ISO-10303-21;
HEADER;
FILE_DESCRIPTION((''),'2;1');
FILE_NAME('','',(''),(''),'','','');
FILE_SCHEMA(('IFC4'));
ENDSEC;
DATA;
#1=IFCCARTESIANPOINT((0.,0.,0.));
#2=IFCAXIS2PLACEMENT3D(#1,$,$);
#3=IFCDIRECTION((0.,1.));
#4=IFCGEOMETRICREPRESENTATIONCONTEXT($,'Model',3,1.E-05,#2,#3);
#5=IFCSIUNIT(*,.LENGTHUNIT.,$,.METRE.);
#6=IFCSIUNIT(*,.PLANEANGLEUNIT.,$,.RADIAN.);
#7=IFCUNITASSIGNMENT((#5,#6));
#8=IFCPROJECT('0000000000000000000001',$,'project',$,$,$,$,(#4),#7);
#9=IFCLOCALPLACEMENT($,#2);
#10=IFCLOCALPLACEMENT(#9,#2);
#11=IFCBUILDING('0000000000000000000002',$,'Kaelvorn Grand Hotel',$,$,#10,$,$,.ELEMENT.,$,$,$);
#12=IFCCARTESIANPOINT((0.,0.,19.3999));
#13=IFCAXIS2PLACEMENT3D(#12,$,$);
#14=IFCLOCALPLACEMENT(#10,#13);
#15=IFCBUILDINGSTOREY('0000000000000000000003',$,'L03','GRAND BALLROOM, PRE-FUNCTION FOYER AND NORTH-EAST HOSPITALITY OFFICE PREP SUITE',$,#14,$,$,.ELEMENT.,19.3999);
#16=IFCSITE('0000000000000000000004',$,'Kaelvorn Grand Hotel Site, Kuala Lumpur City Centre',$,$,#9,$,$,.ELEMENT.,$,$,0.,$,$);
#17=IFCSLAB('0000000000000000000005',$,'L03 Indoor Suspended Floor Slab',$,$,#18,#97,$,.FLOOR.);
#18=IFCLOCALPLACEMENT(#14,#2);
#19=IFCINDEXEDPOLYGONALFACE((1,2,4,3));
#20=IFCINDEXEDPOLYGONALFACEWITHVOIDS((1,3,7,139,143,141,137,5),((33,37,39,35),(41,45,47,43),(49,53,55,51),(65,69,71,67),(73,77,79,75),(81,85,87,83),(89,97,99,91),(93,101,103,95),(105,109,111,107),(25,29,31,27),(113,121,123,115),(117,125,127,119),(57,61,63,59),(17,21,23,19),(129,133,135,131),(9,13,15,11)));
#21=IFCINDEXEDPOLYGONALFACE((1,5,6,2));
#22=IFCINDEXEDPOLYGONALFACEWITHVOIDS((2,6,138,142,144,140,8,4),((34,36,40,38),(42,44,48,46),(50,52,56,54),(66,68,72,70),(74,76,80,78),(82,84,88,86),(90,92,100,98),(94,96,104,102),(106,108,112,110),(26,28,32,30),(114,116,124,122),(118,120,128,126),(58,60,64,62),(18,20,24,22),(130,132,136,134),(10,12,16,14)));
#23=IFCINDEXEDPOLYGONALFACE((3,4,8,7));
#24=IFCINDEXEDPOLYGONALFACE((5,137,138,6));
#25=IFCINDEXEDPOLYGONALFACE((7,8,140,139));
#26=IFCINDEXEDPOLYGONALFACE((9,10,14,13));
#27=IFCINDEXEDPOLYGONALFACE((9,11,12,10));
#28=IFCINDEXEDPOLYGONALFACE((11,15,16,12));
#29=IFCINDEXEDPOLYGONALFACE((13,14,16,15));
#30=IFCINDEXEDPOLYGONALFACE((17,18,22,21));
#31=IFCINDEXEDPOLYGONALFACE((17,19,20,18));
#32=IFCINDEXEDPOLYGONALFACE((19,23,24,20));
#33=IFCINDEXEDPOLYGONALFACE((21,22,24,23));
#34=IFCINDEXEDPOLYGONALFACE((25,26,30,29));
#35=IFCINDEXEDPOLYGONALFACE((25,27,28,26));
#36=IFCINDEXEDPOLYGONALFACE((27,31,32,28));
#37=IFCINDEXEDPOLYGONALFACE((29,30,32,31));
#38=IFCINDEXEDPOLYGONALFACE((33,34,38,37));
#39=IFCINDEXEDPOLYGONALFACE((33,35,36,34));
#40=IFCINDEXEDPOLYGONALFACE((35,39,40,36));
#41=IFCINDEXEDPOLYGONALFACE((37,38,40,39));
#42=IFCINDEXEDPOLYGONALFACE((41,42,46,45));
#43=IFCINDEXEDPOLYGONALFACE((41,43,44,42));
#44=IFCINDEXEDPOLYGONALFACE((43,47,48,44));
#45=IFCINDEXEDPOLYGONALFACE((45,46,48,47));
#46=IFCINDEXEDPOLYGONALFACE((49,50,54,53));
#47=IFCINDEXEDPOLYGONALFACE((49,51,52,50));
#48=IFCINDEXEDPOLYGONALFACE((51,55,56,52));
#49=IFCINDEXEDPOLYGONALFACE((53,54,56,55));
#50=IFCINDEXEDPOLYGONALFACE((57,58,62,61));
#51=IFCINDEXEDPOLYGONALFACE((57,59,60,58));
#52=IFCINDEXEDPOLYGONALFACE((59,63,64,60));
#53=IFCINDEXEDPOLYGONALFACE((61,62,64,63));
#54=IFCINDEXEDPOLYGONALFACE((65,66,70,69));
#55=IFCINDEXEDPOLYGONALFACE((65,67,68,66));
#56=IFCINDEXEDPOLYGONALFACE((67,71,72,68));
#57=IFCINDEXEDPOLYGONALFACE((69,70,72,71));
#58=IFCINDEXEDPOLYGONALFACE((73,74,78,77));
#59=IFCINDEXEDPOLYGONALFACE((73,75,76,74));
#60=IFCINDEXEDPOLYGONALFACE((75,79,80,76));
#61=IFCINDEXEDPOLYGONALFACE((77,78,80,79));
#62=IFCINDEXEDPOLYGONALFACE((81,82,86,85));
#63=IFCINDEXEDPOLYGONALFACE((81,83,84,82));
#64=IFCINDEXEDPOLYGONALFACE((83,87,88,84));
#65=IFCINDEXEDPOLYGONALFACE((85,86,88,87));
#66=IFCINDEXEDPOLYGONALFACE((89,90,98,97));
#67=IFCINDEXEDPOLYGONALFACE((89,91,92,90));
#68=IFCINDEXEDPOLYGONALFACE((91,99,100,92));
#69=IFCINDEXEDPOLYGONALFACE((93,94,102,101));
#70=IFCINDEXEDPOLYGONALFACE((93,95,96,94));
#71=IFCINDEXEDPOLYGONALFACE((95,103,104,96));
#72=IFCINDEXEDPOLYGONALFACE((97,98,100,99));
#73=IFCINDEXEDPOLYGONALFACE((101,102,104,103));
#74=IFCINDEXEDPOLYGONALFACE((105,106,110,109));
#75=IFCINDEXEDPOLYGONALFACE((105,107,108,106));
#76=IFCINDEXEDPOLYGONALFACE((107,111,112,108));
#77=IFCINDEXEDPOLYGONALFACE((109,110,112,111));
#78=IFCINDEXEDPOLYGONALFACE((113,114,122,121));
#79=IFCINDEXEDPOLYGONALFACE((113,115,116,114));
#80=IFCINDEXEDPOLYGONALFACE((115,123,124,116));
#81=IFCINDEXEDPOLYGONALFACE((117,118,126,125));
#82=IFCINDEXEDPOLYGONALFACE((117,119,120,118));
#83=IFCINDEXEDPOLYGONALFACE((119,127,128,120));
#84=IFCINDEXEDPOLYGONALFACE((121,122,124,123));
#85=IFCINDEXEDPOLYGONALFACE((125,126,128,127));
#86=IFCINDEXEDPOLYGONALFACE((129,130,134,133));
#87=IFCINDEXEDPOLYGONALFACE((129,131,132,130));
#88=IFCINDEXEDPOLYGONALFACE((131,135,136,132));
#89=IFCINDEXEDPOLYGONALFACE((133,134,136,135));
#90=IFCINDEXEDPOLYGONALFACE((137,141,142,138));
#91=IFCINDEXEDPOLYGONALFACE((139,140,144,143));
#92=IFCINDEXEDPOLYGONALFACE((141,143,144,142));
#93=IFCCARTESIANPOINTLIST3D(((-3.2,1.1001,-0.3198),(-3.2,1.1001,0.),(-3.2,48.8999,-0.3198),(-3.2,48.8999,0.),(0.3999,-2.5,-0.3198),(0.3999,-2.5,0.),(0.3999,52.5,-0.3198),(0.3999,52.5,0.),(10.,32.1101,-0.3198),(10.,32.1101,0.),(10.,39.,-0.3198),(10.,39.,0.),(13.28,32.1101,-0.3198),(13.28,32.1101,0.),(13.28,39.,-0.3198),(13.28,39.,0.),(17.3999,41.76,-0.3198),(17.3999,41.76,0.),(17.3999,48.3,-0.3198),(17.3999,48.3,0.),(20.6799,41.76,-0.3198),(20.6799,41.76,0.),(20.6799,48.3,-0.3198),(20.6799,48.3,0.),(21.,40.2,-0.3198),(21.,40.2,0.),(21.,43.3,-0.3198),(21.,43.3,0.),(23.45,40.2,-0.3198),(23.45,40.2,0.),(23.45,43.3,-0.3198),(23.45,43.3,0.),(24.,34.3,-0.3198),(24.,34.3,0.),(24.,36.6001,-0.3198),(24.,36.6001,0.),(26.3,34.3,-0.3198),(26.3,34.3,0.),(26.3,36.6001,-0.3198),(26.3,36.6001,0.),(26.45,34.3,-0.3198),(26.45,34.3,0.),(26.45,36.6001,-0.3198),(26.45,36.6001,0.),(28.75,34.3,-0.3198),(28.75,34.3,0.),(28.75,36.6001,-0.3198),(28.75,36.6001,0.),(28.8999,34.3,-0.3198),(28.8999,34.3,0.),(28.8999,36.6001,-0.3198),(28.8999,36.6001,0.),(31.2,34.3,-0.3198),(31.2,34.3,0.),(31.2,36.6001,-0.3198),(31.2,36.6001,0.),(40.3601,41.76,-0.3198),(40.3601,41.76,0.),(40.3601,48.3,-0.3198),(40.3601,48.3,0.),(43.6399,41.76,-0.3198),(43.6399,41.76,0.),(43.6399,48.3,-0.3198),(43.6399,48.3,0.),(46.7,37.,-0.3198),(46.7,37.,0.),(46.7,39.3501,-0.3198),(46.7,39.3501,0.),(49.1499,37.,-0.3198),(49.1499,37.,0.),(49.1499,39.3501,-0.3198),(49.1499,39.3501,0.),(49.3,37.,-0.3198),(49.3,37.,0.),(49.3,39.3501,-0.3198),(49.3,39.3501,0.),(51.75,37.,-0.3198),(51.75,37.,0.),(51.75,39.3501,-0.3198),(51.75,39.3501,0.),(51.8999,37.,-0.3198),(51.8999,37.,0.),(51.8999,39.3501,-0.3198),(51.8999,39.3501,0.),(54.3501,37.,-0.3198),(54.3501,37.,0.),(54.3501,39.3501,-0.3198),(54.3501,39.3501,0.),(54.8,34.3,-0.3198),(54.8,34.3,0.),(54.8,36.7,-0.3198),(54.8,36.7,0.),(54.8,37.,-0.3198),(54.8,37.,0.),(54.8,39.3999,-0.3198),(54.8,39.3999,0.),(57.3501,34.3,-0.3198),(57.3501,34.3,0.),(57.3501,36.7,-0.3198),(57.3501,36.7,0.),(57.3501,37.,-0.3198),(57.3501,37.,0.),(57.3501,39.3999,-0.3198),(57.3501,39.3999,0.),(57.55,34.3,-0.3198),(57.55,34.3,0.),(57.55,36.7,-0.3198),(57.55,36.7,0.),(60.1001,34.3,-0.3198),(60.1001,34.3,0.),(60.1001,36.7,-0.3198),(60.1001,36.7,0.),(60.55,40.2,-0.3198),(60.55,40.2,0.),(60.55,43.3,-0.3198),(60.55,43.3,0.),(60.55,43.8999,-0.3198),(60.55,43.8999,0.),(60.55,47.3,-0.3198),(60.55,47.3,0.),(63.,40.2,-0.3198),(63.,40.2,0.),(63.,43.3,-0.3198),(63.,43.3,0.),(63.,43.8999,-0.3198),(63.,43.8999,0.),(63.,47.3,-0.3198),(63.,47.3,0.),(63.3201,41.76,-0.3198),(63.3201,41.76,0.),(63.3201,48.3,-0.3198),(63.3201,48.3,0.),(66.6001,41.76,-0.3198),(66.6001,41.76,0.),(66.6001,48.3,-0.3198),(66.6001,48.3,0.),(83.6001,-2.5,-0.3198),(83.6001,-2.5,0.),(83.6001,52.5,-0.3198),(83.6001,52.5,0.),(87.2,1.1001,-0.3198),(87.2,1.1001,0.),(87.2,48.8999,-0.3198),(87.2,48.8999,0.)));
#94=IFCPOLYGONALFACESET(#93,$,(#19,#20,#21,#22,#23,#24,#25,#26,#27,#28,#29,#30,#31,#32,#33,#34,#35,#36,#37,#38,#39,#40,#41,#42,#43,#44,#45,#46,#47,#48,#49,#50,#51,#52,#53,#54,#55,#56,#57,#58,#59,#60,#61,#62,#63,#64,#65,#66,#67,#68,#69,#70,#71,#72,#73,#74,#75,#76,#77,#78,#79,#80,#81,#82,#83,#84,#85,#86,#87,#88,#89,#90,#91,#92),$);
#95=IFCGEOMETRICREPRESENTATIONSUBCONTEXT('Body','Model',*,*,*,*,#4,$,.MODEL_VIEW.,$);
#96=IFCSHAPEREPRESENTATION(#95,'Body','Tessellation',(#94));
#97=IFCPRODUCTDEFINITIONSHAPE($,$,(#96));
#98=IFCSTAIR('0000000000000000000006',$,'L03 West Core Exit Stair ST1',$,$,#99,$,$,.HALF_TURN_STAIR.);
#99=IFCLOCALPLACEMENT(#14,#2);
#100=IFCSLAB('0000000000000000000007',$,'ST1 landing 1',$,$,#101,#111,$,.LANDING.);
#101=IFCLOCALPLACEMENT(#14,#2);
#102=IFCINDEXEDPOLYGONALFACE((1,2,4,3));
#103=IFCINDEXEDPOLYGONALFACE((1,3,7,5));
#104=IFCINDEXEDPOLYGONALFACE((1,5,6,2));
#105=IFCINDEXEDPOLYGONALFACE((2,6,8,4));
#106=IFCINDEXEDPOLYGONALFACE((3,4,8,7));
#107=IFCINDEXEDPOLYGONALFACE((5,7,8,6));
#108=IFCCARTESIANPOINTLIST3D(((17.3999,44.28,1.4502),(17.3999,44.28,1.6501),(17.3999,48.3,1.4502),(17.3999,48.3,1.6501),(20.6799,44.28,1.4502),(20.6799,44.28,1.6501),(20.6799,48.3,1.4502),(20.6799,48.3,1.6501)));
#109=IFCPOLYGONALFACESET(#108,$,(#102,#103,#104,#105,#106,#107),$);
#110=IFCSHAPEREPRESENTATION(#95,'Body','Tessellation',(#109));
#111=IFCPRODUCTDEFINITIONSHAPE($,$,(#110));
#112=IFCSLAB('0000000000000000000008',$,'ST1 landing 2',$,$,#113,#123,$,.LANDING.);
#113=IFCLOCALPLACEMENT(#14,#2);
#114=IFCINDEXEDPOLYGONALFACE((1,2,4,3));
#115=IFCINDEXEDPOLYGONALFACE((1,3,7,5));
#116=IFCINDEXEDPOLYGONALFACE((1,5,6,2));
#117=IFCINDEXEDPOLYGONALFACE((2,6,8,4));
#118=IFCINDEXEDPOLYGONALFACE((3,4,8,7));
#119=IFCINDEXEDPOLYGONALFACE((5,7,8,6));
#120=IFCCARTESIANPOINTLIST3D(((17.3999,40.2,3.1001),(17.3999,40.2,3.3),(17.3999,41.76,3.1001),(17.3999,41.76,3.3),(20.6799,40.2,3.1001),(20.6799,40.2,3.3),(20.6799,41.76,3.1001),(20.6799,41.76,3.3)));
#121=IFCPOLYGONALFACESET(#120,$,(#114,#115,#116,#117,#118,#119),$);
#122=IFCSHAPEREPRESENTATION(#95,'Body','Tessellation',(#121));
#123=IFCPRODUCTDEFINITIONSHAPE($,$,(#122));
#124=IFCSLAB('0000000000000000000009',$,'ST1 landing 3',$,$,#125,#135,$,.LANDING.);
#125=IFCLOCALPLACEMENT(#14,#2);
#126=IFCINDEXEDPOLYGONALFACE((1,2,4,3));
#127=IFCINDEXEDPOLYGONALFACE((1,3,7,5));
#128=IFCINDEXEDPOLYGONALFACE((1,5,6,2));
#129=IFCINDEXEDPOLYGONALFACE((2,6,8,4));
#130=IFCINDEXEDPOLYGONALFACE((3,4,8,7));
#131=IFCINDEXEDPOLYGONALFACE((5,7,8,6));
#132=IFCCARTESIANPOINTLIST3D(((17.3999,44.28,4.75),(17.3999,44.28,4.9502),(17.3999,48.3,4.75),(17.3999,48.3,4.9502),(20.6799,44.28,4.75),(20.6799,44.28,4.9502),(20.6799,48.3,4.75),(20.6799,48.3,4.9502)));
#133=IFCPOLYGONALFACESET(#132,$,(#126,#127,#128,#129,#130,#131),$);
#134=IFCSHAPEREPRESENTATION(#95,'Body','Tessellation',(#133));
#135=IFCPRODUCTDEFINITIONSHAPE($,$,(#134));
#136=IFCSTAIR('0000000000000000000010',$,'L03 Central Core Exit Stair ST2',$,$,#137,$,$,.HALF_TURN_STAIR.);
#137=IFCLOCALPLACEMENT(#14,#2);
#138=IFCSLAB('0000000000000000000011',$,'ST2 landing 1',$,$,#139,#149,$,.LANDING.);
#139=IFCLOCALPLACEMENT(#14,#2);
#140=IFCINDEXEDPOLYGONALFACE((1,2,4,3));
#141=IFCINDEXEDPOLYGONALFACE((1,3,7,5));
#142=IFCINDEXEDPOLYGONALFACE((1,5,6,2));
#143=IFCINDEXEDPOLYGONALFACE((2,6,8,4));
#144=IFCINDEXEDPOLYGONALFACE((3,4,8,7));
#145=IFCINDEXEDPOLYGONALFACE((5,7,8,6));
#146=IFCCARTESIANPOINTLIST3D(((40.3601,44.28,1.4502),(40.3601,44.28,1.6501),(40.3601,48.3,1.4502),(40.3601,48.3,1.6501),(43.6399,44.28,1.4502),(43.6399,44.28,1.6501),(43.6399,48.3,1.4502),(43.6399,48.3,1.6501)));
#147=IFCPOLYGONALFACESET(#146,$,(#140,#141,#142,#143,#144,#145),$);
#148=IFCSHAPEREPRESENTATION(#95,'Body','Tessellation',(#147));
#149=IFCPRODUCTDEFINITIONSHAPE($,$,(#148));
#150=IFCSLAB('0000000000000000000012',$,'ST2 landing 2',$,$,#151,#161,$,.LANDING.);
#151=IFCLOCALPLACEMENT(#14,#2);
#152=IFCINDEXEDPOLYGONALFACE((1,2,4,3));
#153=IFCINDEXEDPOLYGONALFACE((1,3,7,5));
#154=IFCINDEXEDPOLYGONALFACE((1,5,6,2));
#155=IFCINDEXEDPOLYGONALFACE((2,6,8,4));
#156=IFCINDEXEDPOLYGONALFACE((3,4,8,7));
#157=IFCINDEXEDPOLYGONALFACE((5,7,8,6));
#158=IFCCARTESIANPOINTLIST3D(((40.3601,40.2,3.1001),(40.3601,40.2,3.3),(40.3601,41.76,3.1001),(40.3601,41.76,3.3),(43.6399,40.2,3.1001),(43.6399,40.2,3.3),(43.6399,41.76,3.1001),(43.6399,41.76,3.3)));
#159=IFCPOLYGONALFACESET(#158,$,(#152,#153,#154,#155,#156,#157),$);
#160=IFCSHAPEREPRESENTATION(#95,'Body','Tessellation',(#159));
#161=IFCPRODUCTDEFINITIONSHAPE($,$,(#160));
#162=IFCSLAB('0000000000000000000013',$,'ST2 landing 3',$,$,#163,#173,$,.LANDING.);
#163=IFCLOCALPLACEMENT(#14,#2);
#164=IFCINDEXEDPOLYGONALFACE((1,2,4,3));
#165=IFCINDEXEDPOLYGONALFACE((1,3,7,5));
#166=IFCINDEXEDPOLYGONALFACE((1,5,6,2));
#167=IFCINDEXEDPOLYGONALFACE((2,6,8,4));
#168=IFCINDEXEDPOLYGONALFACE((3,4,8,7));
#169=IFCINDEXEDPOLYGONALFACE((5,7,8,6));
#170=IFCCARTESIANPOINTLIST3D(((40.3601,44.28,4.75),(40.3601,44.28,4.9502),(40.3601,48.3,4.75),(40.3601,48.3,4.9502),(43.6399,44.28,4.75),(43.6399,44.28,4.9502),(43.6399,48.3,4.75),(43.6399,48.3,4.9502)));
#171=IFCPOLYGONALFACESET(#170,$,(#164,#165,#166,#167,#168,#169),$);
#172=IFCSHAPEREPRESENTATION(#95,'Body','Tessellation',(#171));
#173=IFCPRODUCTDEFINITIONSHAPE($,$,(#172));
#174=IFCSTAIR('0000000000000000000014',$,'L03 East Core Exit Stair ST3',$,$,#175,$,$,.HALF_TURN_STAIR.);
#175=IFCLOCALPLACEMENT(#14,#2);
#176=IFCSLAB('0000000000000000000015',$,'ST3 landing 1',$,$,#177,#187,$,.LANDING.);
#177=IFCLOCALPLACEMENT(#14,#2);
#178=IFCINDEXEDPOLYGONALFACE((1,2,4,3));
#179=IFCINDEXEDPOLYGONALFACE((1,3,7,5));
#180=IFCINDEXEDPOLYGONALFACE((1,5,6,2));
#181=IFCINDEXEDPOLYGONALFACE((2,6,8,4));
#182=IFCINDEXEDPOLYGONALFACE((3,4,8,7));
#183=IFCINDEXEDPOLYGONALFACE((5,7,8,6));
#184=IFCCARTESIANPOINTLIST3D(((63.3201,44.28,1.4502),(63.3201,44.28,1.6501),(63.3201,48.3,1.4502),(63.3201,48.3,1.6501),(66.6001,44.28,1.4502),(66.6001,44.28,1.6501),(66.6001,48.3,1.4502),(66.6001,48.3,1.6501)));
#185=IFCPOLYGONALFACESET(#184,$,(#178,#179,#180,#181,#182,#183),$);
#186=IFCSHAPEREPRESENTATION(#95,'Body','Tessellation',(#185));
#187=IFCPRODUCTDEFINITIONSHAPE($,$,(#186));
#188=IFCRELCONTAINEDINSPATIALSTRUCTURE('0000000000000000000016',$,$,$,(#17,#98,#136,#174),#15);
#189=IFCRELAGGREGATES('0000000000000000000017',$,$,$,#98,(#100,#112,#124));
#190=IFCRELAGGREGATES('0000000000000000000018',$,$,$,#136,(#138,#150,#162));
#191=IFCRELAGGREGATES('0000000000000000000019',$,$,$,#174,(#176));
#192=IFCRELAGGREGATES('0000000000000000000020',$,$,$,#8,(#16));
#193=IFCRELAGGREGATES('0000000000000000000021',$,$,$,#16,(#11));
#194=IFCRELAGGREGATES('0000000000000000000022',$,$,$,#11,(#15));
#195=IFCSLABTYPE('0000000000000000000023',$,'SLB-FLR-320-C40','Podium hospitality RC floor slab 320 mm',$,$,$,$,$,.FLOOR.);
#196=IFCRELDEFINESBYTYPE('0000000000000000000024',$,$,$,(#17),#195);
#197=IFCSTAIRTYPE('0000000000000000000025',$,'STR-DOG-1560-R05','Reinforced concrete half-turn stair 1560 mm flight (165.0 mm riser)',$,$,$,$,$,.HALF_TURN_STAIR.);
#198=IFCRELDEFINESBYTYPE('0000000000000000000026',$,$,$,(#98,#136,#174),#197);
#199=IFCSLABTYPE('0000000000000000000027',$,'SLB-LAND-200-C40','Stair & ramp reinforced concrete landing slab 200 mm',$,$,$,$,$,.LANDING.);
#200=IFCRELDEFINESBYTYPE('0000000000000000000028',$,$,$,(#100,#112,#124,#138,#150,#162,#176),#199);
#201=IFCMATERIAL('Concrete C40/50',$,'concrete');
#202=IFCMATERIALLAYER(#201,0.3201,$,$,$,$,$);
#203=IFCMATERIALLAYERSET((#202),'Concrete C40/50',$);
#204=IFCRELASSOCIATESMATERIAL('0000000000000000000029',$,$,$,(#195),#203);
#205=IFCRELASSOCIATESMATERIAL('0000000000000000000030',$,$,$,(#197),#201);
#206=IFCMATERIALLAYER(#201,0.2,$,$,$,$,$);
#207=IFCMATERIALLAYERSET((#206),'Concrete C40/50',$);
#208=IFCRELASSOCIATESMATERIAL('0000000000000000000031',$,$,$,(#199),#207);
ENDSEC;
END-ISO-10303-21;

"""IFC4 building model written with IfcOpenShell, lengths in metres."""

from ifc_helpers import new_model, si_unit, direction, frame, origin, place, context, subcontext, project, spatial, polyline, outline, extrude, material, layer, layer_set, type_object, element, aggregate, save


model = new_model("IFC4")

# Units and contexts
model_context = context("Model", 3, precision=1e-05, world=origin(), true_north=direction((0.0, 1.0)))
body_context = subcontext(model_context, "Body", "Model", "MODEL_VIEW")
ifc_project = project(units=[si_unit("LENGTHUNIT", "METRE"), si_unit("PLANEANGLEUNIT", "RADIAN")], contexts=[model_context])

# Site, building, storey
site_placement = place(None, origin())
site = spatial("IfcSite", under=ifc_project, at=site_placement, Name="Kaelvorn Grand Hotel Site, Kuala Lumpur City Centre", CompositionType="ELEMENT", RefElevation=0.0)
building_placement = place(site_placement, origin())
building = spatial("IfcBuilding", under=site, at=building_placement, Name="Kaelvorn Grand Hotel", CompositionType="ELEMENT")
storey_placement = place(building_placement, frame((0.0, 0.0, 19.3999)))
storey = spatial("IfcBuildingStorey", under=building, at=storey_placement, Name="L03", Description="GRAND BALLROOM, PRE-FUNCTION FOYER AND NORTH-EAST HOSPITALITY OFFICE PREP SUITE", CompositionType="ELEMENT", Elevation=19.3999)

# Slab
ifc_material_1 = material(Name="Concrete C40/50", Category="concrete")
ifc_layer_1 = layer(ifc_material_1, 0.3201)
ifc_layer_set_1 = layer_set([ifc_layer_1], Name="Concrete C40/50")
slab_type_1 = type_object("IfcSlabType", Name="SLB-FLR-320-C40", Description="Podium hospitality RC floor slab 320 mm", PredefinedType="FLOOR", material=ifc_layer_set_1)
slab_1_placement = place(storey_placement, frame((0.0, 0.0, -0.3198)))
element("IfcSlab", 1, at=slab_1_placement, inside=storey, type_object=slab_type_1, Name="L03 Indoor Suspended Floor Slab", PredefinedType="FLOOR", context=body_context, shape_type="SweptSolid", body=[
    extrude(outline(polyline([(0.3999, -2.5), (83.6001, -2.5), (87.2, 1.1001), (87.2, 48.8999), (83.6001, 52.5), (0.3999, 52.5), (-3.2, 48.8999), (-3.2, 1.1001), (0.3999, -2.5)]), holes=[polyline([(17.3999, 41.76), (17.3999, 48.3), (20.6799, 48.3), (20.6799, 41.76), (17.3999, 41.76)]), polyline([(40.3601, 41.76), (40.3601, 48.3), (43.6399, 48.3), (43.6399, 41.76), (40.3601, 41.76)]), polyline([(63.3201, 41.76), (63.3201, 48.3), (66.6001, 48.3), (66.6001, 41.76), (63.3201, 41.76)]), polyline([(10.0, 32.1101), (10.0, 39.0), (13.28, 39.0), (13.28, 32.1101), (10.0, 32.1101)]), polyline([(24.0, 34.3), (24.0, 36.6001), (26.3, 36.6001), (26.3, 34.3), (24.0, 34.3)]), polyline([(26.45, 34.3), (26.45, 36.6001), (28.75, 36.6001), (28.75, 34.3), (26.45, 34.3)]), polyline([(28.8999, 34.3), (28.8999, 36.6001), (31.2, 36.6001), (31.2, 34.3), (28.8999, 34.3)]), polyline([(46.7, 37.0), (46.7, 39.3501), (49.1499, 39.3501), (49.1499, 37.0), (46.7, 37.0)]), polyline([(49.3, 37.0), (49.3, 39.3501), (51.75, 39.3501), (51.75, 37.0), (49.3, 37.0)]), polyline([(51.8999, 37.0), (51.8999, 39.3501), (54.3501, 39.3501), (54.3501, 37.0), (51.8999, 37.0)]), polyline([(54.8, 34.3), (54.8, 36.7), (57.3501, 36.7), (57.3501, 34.3), (54.8, 34.3)]), polyline([(57.55, 34.3), (57.55, 36.7), (60.1001, 36.7), (60.1001, 34.3), (57.55, 34.3)]), polyline([(54.8, 37.0), (54.8, 39.3999), (57.3501, 39.3999), (57.3501, 37.0), (54.8, 37.0)]), polyline([(21.0, 40.2), (21.0, 43.3), (23.45, 43.3), (23.45, 40.2), (21.0, 40.2)]), polyline([(60.55, 40.2), (60.55, 43.3), (63.0, 43.3), (63.0, 40.2), (60.55, 40.2)]), polyline([(60.55, 43.8999), (60.55, 47.3), (63.0, 47.3), (63.0, 43.8999), (60.55, 43.8999)])]), origin(), (0.0, 0.0, 1.0), 0.3198),
])

# Stairs, slabs
stair_type = type_object("IfcStairType", Name="STR-DOG-1560-R05", Description="Reinforced concrete half-turn stair 1560 mm flight (165.0 mm riser)", PredefinedType="HALF_TURN_STAIR", material=ifc_material_1)
stair_1_placement = place(storey_placement, origin())
stair_1 = element("IfcStair", 2, at=stair_1_placement, inside=storey, type_object=stair_type, Name="L03 West Core Exit Stair ST1", PredefinedType="HALF_TURN_STAIR")
ifc_layer_2 = layer(ifc_material_1, 0.2)
ifc_layer_set_2 = layer_set([ifc_layer_2], Name="Concrete C40/50")
slab_type_2 = type_object("IfcSlabType", Name="SLB-LAND-200-C40", Description="Stair & ramp reinforced concrete landing slab 200 mm", PredefinedType="LANDING", material=ifc_layer_set_2)
slab_2_placement = place(storey_placement, frame((0.0, 0.0, 1.4502)))
slab_2 = element("IfcSlab", 3, at=slab_2_placement, type_object=slab_type_2, Name="ST1 landing 1", PredefinedType="LANDING", context=body_context, shape_type="SweptSolid", body=[
    extrude(outline(polyline([(20.6799, 44.28), (20.6799, 48.3), (17.3999, 48.3), (17.3999, 44.28), (20.6799, 44.28)])), origin(), (0.0, 0.0, 1.0), 0.2),
])
slab_3_placement = place(storey_placement, frame((0.0, 0.0, 3.1001)))
slab_3 = element("IfcSlab", 4, at=slab_3_placement, type_object=slab_type_2, Name="ST1 landing 2", PredefinedType="LANDING", context=body_context, shape_type="SweptSolid", body=[
    extrude(outline(polyline([(20.6799, 40.2), (20.6799, 41.76), (17.3999, 41.76), (17.3999, 40.2), (20.6799, 40.2)])), origin(), (0.0, 0.0, 1.0), 0.2),
])
slab_4_placement = place(storey_placement, frame((0.0, 0.0, 4.75)))
slab_4 = element("IfcSlab", 5, at=slab_4_placement, type_object=slab_type_2, Name="ST1 landing 3", PredefinedType="LANDING", context=body_context, shape_type="SweptSolid", body=[
    extrude(outline(polyline([(20.6799, 44.28), (20.6799, 48.3), (17.3999, 48.3), (17.3999, 44.28), (20.6799, 44.28)])), origin(), (0.0, 0.0, 1.0), 0.2002),
])
aggregate(stair_1, [slab_2, slab_3, slab_4])
stair_2_placement = place(storey_placement, origin())
stair_2 = element("IfcStair", 6, at=stair_2_placement, inside=storey, type_object=stair_type, Name="L03 Central Core Exit Stair ST2", PredefinedType="HALF_TURN_STAIR")
slab_5_placement = place(storey_placement, frame((0.0, 0.0, 1.4502)))
slab_5 = element("IfcSlab", 7, at=slab_5_placement, type_object=slab_type_2, Name="ST2 landing 1", PredefinedType="LANDING", context=body_context, shape_type="SweptSolid", body=[
    extrude(outline(polyline([(43.6399, 44.28), (43.6399, 48.3), (40.3601, 48.3), (40.3601, 44.28), (43.6399, 44.28)])), origin(), (0.0, 0.0, 1.0), 0.2),
])
slab_6_placement = place(storey_placement, frame((0.0, 0.0, 3.1001)))
slab_6 = element("IfcSlab", 8, at=slab_6_placement, type_object=slab_type_2, Name="ST2 landing 2", PredefinedType="LANDING", context=body_context, shape_type="SweptSolid", body=[
    extrude(outline(polyline([(43.6399, 40.2), (43.6399, 41.76), (40.3601, 41.76), (40.3601, 40.2), (43.6399, 40.2)])), origin(), (0.0, 0.0, 1.0), 0.2),
])
slab_7_placement = place(storey_placement, frame((0.0, 0.0, 4.75)))
slab_7 = element("IfcSlab", 9, at=slab_7_placement, type_object=slab_type_2, Name="ST2 landing 3", PredefinedType="LANDING", context=body_context, shape_type="SweptSolid", body=[
    extrude(outline(polyline([(43.6399, 44.28), (43.6399, 48.3), (40.3601, 48.3), (40.3601, 44.28), (43.6399, 44.28)])), origin(), (0.0, 0.0, 1.0), 0.2002),
])
aggregate(stair_2, [slab_5, slab_6, slab_7])
stair_3_placement = place(storey_placement, origin())
stair_3 = element("IfcStair", 10, at=stair_3_placement, inside=storey, type_object=stair_type, Name="L03 East Core Exit Stair ST3", PredefinedType="HALF_TURN_STAIR")
slab_8_placement = place(storey_placement, frame((0.0, 0.0, 1.4502)))
slab_8 = element("IfcSlab", 11, at=slab_8_placement, type_object=slab_type_2, Name="ST3 landing 1", PredefinedType="LANDING", context=body_context, shape_type="SweptSolid", body=[
    extrude(outline(polyline([(66.6001, 44.28), (66.6001, 48.3), (63.3201, 48.3), (63.3201, 44.28), (66.6001, 44.28)])), origin(), (0.0, 0.0, 1.0), 0.2),
])
aggregate(stair_3, [slab_8])

save(model, "model.ifc")
